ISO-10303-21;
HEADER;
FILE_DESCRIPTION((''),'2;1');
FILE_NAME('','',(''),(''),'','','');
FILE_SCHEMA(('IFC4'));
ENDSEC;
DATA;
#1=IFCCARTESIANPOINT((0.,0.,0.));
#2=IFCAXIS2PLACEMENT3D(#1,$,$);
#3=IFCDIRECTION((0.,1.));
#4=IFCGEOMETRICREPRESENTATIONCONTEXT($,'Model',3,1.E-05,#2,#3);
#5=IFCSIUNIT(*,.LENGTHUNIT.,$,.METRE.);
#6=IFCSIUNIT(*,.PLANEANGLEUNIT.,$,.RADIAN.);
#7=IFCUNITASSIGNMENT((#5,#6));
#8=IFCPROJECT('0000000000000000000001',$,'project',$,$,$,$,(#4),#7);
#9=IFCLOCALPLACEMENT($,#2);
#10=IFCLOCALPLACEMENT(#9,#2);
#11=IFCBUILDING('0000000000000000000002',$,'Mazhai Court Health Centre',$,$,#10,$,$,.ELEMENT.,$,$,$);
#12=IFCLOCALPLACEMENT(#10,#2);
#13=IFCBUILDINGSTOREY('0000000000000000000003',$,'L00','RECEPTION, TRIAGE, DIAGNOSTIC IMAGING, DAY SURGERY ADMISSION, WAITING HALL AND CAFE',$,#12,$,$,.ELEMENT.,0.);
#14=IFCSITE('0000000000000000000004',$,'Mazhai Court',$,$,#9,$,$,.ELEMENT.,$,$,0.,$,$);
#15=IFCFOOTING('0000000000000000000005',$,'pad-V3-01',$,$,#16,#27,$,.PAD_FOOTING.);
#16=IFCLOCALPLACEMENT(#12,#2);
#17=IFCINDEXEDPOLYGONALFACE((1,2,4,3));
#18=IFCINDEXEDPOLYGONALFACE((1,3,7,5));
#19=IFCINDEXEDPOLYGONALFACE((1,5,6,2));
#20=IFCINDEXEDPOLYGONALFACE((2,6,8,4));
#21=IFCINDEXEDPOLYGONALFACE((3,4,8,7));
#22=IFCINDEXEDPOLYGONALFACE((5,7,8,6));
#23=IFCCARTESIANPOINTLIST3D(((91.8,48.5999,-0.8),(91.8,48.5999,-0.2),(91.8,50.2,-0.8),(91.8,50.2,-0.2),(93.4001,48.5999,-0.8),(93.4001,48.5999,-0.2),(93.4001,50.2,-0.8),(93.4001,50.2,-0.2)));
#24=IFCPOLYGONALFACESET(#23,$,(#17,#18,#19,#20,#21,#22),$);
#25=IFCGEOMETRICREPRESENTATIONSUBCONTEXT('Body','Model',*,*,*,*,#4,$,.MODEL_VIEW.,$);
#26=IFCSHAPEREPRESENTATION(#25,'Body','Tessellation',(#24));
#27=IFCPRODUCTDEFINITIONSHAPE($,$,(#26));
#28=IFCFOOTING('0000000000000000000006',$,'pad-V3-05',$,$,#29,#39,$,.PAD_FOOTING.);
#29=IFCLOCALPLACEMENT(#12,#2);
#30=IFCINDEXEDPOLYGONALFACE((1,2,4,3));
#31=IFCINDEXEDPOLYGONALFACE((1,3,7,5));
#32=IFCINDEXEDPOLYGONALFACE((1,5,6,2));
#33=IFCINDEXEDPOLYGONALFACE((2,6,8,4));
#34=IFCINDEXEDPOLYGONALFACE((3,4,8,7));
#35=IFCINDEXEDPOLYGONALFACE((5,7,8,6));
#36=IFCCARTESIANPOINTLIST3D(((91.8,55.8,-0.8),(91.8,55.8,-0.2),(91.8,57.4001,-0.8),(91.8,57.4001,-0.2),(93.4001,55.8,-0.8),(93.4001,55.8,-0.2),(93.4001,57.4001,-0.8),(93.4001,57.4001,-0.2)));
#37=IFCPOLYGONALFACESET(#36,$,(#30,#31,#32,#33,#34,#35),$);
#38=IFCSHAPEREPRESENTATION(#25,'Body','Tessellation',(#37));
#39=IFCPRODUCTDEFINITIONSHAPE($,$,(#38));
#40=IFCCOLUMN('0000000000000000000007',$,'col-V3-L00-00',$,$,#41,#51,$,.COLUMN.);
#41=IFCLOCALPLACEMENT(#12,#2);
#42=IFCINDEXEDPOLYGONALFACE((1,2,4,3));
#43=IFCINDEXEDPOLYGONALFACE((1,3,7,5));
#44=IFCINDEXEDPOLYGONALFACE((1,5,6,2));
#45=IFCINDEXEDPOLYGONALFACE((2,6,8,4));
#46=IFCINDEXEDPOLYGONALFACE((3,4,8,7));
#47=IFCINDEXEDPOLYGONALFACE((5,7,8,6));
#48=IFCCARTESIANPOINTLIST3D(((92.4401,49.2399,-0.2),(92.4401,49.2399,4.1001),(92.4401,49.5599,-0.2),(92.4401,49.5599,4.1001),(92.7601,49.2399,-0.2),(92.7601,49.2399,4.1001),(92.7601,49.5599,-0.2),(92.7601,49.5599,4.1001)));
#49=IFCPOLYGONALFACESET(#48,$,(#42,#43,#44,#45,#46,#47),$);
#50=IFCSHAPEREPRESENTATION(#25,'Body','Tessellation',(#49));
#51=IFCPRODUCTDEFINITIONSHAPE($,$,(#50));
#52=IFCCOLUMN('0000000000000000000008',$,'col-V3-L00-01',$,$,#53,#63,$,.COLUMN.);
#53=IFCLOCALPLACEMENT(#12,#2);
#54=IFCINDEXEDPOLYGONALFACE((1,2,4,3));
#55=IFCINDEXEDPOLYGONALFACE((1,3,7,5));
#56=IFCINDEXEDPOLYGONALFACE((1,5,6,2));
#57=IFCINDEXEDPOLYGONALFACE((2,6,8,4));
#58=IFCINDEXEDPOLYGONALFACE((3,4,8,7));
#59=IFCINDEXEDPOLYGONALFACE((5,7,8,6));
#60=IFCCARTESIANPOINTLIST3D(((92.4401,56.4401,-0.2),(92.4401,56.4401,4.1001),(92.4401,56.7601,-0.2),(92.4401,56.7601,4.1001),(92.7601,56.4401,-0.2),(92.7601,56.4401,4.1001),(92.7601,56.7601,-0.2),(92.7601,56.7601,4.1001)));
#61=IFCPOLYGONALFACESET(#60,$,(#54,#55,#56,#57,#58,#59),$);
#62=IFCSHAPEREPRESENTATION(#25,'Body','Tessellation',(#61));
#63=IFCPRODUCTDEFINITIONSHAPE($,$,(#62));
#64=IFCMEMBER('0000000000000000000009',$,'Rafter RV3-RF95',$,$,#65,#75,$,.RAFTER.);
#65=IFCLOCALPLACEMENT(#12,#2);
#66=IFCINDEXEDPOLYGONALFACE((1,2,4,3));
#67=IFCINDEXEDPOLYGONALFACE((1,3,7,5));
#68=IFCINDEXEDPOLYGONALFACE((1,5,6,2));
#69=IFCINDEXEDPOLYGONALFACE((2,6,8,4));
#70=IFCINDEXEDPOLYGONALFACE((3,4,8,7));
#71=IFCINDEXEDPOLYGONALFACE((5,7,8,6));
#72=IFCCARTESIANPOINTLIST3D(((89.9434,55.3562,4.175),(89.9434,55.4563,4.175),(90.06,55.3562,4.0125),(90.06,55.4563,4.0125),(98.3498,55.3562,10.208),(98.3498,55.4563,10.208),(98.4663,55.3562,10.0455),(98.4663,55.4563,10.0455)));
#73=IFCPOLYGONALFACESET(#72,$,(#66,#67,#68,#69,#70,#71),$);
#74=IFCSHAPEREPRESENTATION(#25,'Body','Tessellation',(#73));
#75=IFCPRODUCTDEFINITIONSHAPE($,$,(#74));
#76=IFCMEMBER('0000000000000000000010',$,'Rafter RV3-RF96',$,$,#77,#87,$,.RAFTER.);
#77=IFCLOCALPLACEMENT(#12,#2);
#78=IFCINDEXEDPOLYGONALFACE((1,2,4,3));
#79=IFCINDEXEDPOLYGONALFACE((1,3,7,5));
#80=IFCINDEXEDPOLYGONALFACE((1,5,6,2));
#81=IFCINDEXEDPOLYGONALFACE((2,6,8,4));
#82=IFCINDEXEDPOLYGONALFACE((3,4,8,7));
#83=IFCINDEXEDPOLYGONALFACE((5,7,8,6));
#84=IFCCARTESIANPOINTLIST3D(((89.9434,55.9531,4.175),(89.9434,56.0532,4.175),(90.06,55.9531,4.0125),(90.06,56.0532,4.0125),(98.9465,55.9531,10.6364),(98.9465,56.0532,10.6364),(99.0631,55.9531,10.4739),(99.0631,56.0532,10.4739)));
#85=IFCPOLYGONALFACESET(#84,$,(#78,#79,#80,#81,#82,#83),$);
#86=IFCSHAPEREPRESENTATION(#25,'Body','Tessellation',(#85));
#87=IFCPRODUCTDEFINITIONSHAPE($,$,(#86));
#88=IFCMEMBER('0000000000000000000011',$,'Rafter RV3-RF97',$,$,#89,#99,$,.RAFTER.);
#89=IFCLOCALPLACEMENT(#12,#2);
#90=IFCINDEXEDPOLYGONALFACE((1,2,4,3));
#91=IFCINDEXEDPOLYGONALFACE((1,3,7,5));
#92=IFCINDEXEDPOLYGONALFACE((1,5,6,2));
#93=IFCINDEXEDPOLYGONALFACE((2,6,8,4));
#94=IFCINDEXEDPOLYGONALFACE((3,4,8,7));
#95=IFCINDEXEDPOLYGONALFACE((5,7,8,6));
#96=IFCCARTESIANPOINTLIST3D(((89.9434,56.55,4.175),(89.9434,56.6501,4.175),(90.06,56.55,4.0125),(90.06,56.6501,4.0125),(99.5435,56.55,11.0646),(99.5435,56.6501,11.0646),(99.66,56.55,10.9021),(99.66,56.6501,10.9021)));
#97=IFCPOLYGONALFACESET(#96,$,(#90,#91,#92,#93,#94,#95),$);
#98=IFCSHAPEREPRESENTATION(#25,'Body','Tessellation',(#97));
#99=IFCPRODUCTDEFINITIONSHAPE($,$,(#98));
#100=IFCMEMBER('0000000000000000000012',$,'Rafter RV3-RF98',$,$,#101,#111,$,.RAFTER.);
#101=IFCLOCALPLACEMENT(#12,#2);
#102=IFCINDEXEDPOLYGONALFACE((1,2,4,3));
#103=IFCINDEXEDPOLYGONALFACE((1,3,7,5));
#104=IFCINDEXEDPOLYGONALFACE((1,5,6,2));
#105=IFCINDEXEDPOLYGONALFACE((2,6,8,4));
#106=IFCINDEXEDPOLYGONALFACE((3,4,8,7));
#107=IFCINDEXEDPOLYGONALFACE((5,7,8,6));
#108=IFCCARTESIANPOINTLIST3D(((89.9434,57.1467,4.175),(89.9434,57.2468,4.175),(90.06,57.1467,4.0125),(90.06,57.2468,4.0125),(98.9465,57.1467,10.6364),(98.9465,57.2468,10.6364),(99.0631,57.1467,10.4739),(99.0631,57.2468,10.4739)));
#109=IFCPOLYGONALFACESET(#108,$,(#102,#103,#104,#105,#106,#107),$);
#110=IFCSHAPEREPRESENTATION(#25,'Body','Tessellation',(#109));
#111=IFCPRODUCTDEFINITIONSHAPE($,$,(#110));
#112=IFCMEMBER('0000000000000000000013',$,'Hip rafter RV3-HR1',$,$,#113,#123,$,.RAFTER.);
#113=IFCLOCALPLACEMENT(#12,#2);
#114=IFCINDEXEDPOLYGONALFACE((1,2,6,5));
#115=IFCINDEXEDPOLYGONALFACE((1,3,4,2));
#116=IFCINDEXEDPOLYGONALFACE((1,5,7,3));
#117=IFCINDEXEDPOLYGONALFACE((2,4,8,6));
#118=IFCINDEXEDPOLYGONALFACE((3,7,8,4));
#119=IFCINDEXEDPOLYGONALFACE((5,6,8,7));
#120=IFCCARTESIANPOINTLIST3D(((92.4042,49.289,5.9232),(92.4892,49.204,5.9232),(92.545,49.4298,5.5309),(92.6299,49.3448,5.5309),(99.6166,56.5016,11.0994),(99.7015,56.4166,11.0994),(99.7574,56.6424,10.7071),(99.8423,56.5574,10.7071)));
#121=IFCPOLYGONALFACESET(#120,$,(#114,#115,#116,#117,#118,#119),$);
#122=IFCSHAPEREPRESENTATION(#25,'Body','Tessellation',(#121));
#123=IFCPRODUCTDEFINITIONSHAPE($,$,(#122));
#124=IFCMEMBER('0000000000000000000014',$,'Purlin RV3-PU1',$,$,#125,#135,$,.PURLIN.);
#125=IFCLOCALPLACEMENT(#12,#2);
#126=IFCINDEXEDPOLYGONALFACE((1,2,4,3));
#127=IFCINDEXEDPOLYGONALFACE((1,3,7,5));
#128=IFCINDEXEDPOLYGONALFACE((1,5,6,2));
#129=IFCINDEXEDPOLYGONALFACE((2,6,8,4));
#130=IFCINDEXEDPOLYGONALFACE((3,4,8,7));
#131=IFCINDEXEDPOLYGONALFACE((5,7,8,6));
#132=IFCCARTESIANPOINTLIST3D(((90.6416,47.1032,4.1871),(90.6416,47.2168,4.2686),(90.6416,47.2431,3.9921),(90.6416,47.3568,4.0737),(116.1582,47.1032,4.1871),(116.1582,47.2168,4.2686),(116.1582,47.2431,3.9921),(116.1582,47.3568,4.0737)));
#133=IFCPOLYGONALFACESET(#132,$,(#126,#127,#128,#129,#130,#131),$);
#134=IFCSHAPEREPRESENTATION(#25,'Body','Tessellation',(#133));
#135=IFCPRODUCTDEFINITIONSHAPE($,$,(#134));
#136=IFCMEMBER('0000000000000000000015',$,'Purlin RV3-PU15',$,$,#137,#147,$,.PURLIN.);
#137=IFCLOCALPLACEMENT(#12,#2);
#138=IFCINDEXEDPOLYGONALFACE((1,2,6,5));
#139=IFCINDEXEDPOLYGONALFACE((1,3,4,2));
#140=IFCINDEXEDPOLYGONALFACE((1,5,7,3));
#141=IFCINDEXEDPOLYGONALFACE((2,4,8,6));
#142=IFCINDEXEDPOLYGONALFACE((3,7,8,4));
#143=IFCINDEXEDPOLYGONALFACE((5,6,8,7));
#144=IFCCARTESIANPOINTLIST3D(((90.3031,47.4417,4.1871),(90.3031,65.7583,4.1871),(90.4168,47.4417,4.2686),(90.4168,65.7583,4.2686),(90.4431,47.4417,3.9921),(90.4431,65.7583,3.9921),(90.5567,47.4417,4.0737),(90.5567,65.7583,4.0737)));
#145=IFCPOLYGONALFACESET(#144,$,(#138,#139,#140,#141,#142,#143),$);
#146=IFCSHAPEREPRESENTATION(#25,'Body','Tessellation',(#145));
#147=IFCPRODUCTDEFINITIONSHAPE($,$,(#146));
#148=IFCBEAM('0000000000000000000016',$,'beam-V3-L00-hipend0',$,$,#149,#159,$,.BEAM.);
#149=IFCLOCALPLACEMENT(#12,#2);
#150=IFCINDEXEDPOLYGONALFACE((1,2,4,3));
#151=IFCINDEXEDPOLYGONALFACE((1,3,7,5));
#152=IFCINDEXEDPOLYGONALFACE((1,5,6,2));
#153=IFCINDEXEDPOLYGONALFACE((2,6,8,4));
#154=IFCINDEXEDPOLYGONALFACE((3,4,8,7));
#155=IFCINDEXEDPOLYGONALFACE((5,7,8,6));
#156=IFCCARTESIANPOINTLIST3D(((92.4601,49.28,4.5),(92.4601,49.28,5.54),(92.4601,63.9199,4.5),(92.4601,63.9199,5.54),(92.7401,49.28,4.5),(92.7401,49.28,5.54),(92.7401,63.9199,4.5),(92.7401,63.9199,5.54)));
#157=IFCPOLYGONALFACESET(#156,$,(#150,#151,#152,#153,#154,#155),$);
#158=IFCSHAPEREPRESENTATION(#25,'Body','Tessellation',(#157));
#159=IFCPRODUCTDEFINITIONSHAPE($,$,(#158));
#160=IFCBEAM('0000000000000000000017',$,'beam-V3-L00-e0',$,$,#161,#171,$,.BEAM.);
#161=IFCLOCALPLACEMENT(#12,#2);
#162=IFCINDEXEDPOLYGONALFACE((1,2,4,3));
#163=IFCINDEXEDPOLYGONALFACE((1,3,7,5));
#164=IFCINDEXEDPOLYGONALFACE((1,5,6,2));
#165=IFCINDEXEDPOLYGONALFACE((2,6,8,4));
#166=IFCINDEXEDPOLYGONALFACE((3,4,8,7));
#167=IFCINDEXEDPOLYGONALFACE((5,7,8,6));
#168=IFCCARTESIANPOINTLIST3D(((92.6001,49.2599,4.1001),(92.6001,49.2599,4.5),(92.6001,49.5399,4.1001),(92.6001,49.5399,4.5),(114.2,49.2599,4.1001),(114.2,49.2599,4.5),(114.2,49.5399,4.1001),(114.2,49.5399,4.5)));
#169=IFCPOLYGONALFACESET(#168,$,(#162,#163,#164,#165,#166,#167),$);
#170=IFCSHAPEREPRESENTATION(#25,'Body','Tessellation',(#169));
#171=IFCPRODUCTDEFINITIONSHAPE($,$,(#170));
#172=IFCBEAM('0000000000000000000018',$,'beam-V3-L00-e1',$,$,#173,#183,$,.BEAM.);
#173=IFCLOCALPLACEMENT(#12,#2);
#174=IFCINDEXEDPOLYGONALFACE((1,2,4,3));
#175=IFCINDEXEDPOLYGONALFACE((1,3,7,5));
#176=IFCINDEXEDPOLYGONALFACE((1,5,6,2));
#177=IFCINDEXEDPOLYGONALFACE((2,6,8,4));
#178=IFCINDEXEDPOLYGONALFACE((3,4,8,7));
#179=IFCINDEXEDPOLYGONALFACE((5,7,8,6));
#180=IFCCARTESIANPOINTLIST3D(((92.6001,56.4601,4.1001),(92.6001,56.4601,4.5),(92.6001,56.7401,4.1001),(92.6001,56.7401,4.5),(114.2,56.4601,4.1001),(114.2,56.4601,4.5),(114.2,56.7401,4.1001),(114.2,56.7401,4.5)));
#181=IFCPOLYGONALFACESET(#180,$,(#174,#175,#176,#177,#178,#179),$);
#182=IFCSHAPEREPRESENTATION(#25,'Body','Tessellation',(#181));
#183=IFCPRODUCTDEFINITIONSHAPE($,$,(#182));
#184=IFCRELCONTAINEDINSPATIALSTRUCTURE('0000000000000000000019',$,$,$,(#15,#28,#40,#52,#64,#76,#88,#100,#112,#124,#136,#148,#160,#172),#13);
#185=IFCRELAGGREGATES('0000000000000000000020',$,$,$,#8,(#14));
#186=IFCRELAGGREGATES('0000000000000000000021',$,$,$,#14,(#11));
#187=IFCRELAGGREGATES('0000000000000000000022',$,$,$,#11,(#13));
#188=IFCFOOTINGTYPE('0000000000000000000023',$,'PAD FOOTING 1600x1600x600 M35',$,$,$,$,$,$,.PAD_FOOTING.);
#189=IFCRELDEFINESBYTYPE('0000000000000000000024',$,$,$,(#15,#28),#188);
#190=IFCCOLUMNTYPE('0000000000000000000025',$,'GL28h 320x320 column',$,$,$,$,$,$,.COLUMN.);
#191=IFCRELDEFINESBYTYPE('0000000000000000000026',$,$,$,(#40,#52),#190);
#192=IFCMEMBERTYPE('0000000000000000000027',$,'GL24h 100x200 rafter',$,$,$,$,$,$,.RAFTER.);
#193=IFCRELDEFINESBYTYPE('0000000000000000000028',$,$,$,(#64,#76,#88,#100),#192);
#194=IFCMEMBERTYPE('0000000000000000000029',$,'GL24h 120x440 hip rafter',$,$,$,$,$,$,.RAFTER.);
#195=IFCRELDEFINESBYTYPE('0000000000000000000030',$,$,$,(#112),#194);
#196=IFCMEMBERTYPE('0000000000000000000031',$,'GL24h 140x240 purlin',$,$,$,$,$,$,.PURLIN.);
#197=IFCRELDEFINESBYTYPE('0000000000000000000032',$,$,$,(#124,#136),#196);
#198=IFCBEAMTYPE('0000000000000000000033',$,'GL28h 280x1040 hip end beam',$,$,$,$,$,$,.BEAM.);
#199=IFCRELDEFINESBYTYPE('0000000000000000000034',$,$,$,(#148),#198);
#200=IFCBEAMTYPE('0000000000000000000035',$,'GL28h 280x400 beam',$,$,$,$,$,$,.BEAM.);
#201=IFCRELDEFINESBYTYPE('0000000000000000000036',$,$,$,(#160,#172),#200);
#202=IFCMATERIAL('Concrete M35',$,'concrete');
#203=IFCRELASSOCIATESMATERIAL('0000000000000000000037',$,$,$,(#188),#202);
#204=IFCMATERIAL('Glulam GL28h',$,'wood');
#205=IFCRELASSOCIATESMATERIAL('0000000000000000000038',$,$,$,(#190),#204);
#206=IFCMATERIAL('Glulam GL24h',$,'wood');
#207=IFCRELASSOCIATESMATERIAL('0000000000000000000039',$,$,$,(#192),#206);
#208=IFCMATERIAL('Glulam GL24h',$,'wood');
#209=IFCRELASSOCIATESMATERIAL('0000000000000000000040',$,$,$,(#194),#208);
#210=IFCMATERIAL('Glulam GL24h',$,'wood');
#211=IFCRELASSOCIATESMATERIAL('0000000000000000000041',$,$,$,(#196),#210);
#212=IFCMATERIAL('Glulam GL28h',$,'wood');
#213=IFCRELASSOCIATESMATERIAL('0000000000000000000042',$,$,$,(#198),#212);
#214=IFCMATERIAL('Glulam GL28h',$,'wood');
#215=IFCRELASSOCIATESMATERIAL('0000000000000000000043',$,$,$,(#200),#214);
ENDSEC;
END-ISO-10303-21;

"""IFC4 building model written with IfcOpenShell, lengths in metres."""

from ifc_helpers import new_model, si_unit, direction, frame, origin, origin_2d, place, context, subcontext, project, spatial, rectangle, extrude, material, material_profile, profile_set, type_object, element, save


model = new_model("IFC4")

# Units and contexts
model_context = context("Model", 3, precision=1e-05, world=origin(), true_north=direction((0.0, 1.0)))
body_context = subcontext(model_context, "Body", "Model", "MODEL_VIEW")
ifc_project = project(units=[si_unit("LENGTHUNIT", "METRE"), si_unit("PLANEANGLEUNIT", "RADIAN")], contexts=[model_context])

# Site, building, storey
site_placement = place(None, origin())
site = spatial("IfcSite", under=ifc_project, at=site_placement, Name="Mazhai Court", CompositionType="ELEMENT", RefElevation=0.0)
building_placement = place(site_placement, origin())
building = spatial("IfcBuilding", under=site, at=building_placement, Name="Mazhai Court Health Centre", CompositionType="ELEMENT")
storey_placement = place(building_placement, origin())
storey = spatial("IfcBuildingStorey", under=building, at=storey_placement, Name="L00", Description="RECEPTION, TRIAGE, DIAGNOSTIC IMAGING, DAY SURGERY ADMISSION, WAITING HALL AND CAFE", CompositionType="ELEMENT", Elevation=0.0)

# Footings
ifc_material_1 = material(Name="Concrete M35", Category="concrete")
footing_type = type_object("IfcFootingType", Name="PAD FOOTING 1600x1600x600 M35", PredefinedType="PAD_FOOTING", material=ifc_material_1)
for number, where, z_axis, x_axis, name in (
    (1, (92.6001, 49.3999, -0.8), (0.0, 0.0, 1.0), (1.0, 0.0, 0.0), "pad-V3-01"),
    (2, (92.6001, 56.6001, -0.8), (0.0, 0.0, 1.0), (1.0, 0.0, 0.0), "pad-V3-05"),
):
    element("IfcFooting", number, at=place(storey_placement, frame(where, z_axis=z_axis, x_axis=x_axis)), inside=storey, type_object=footing_type, Name=name, PredefinedType="PAD_FOOTING", context=body_context, shape_type="SweptSolid", body=[
        extrude(rectangle(XDim=1.6001, YDim=1.6001, at=origin_2d()), origin(), (0.0, 0.0, 1.0), 0.6001),
    ])

# Columns
ifc_material_2 = material(Name="Glulam GL28h", Category="wood")
ifc_material_profile_1 = material_profile(ifc_material_2, rectangle(XDim=0.3201, YDim=0.3201, at=origin_2d()), Name="GL28h 320x320")
ifc_profile_set_1 = profile_set([ifc_material_profile_1], Name="Glulam GL28h")
column_type = type_object("IfcColumnType", Name="GL28h 320x320 column", PredefinedType="COLUMN", material=ifc_profile_set_1)
for number, where, z_axis, x_axis, name in (
    (3, (92.6001, 49.3999, -0.2), (0.0, 0.0, 1.0), (1.0, 0.0, 0.0), "col-V3-L00-00"),
    (4, (92.6001, 56.6001, -0.2), (0.0, 0.0, 1.0), (1.0, 0.0, 0.0), "col-V3-L00-01"),
):
    element("IfcColumn", number, at=place(storey_placement, frame(where, z_axis=z_axis, x_axis=x_axis)), inside=storey, type_object=column_type, Name=name, PredefinedType="COLUMN", context=body_context, shape_type="SweptSolid", body=[
        extrude(rectangle(XDim=0.3201, YDim=0.3201, at=origin_2d()), origin(), (0.0, 0.0, 1.0), 4.3),
    ])

# Members
ifc_material_3 = material(Name="Glulam GL24h", Category="wood")
ifc_material_profile_2 = material_profile(ifc_material_3, rectangle(XDim=0.1001, YDim=0.2, at=origin_2d()), Name="GL24h 100x200")
ifc_profile_set_2 = profile_set([ifc_material_profile_2], Name="Glulam GL24h")
member_type_1 = type_object("IfcMemberType", Name="GL24h 100x200 rafter", PredefinedType="RAFTER", material=ifc_profile_set_2)
member_1_placement = place(storey_placement, frame((90.0017, 55.4062, 4.0938), z_axis=(0.812429, 0.0, 0.58306), x_axis=(0.0, 1.0, 0.0)))
element("IfcMember", 5, at=member_1_placement, inside=storey, type_object=member_type_1, Name="Rafter RV3-RF95", PredefinedType="RAFTER", context=body_context, shape_type="SweptSolid", body=[
    extrude(rectangle(XDim=0.1001, YDim=0.2, at=origin_2d()), origin(), (0.0, 0.0, 1.0), 10.3472),
])
member_2_placement = place(storey_placement, frame((90.0017, 56.0032, 4.0938), z_axis=(0.812426, 0.0, 0.583064), x_axis=(0.0, 1.0, 0.0)))
element("IfcMember", 6, at=member_2_placement, inside=storey, type_object=member_type_1, Name="Rafter RV3-RF96", PredefinedType="RAFTER", context=body_context, shape_type="SweptSolid", body=[
    extrude(rectangle(XDim=0.1001, YDim=0.2, at=origin_2d()), origin(), (0.0, 0.0, 1.0), 11.0818),
])
member_3_placement = place(storey_placement, frame((90.0017, 56.6001, 4.0938), z_axis=(0.812433, 0.0, 0.583054), x_axis=(0.0, 1.0, 0.0)))
element("IfcMember", 7, at=member_3_placement, inside=storey, type_object=member_type_1, Name="Rafter RV3-RF97", PredefinedType="RAFTER", context=body_context, shape_type="SweptSolid", body=[
    extrude(rectangle(XDim=0.1001, YDim=0.2, at=origin_2d()), origin(), (0.0, 0.0, 1.0), 11.8164),
])
member_4_placement = place(storey_placement, frame((90.0017, 57.1968, 4.0938), z_axis=(0.812426, 0.0, 0.583064), x_axis=(0.0, 1.0, 0.0)))
element("IfcMember", 8, at=member_4_placement, inside=storey, type_object=member_type_1, Name="Rafter RV3-RF98", PredefinedType="RAFTER", context=body_context, shape_type="SweptSolid", body=[
    extrude(rectangle(XDim=0.1001, YDim=0.2, at=origin_2d()), origin(), (0.0, 0.0, 1.0), 11.0818),
])
ifc_material_4 = material(Name="Glulam GL24h", Category="wood")
ifc_material_profile_3 = material_profile(ifc_material_4, rectangle(XDim=0.1201, YDim=0.4399, at=origin_2d()), Name="GL24h 120x440")
ifc_profile_set_3 = profile_set([ifc_material_profile_3], Name="Glulam GL24h")
member_type_2 = type_object("IfcMemberType", Name="GL24h 120x440 hip rafter", PredefinedType="RAFTER", material=ifc_profile_set_3)
member_5_placement = place(storey_placement, frame((92.5171, 49.3169, 5.7271), z_axis=(0.630548, 0.63057, 0.452538), x_axis=(-0.707119, 0.707095, 0.0)))
element("IfcMember", 9, at=member_5_placement, inside=storey, type_object=member_type_2, Name="Hip rafter RV3-HR1", PredefinedType="RAFTER", context=body_context, shape_type="SweptSolid", body=[
    extrude(rectangle(XDim=0.1201, YDim=0.4399, at=origin_2d()), origin(), (0.0, 0.0, 1.0), 11.4382),
])
ifc_material_5 = material(Name="Glulam GL24h", Category="wood")
ifc_material_profile_4 = material_profile(ifc_material_5, rectangle(XDim=0.1399, YDim=0.24, at=origin_2d()), Name="GL24h 140x240")
ifc_profile_set_4 = profile_set([ifc_material_profile_4], Name="Glulam GL24h")
member_type_3 = type_object("IfcMemberType", Name="GL24h 140x240 purlin", PredefinedType="PURLIN", material=ifc_profile_set_4)
member_6_placement = place(storey_placement, frame((90.6416, 47.23, 4.1304), z_axis=(1.0, 0.0, 0.0), x_axis=(0.0, 0.812431, 0.583057)))
element("IfcMember", 10, at=member_6_placement, inside=storey, type_object=member_type_3, Name="Purlin RV3-PU1", PredefinedType="PURLIN", context=body_context, shape_type="SweptSolid", body=[
    extrude(rectangle(XDim=0.1399, YDim=0.24, at=origin_2d()), origin(), (0.0, 0.0, 1.0), 25.5166),
])
member_7_placement = place(storey_placement, frame((90.4299, 47.4417, 4.1304), z_axis=(0.0, 1.0, 0.0), x_axis=(-0.812431, 0.0, -0.583057)))
element("IfcMember", 11, at=member_7_placement, inside=storey, type_object=member_type_3, Name="Purlin RV3-PU15", PredefinedType="PURLIN", context=body_context, shape_type="SweptSolid", body=[
    extrude(rectangle(XDim=0.1399, YDim=0.24, at=origin_2d()), origin(), (0.0, 0.0, 1.0), 18.3167),
])

# Beams
ifc_material_6 = material(Name="Glulam GL28h", Category="wood")
ifc_material_profile_5 = material_profile(ifc_material_6, rectangle(XDim=0.28, YDim=1.04, at=origin_2d()), Name="GL28h 280x1040")
ifc_profile_set_5 = profile_set([ifc_material_profile_5], Name="Glulam GL28h")
beam_type_1 = type_object("IfcBeamType", Name="GL28h 280x1040 hip end beam", PredefinedType="BEAM", material=ifc_profile_set_5)
beam_placement = place(storey_placement, frame((92.6001, 49.28, 5.02), z_axis=(0.0, 1.0, 0.0), x_axis=(-1.0, 0.0, 0.0)))
element("IfcBeam", 12, at=beam_placement, inside=storey, type_object=beam_type_1, Name="beam-V3-L00-hipend0", PredefinedType="BEAM", context=body_context, shape_type="SweptSolid", body=[
    extrude(rectangle(XDim=0.28, YDim=1.04, at=origin_2d()), origin(), (0.0, 0.0, 1.0), 14.6399),
])
ifc_material_7 = material(Name="Glulam GL28h", Category="wood")
ifc_material_profile_6 = material_profile(ifc_material_7, rectangle(XDim=0.28, YDim=0.3999, at=origin_2d()), Name="GL28h 280x400")
ifc_profile_set_6 = profile_set([ifc_material_profile_6], Name="Glulam GL28h")
beam_type_2 = type_object("IfcBeamType", Name="GL28h 280x400 beam", PredefinedType="BEAM", material=ifc_profile_set_6)
for number, where, z_axis, x_axis, name in (
    (13, (92.6001, 49.3999, 4.3), (1.0, 0.0, 0.0), (0.0, 1.0, 0.0), "beam-V3-L00-e0"),
    (14, (92.6001, 56.6001, 4.3), (1.0, 0.0, 0.0), (0.0, 1.0, 0.0), "beam-V3-L00-e1"),
):
    element("IfcBeam", number, at=place(storey_placement, frame(where, z_axis=z_axis, x_axis=x_axis)), inside=storey, type_object=beam_type_2, Name=name, PredefinedType="BEAM", context=body_context, shape_type="SweptSolid", body=[
        extrude(rectangle(XDim=0.28, YDim=0.3999, at=origin_2d()), origin(), (0.0, 0.0, 1.0), 21.5999),
    ])

save(model, "model.ifc")
